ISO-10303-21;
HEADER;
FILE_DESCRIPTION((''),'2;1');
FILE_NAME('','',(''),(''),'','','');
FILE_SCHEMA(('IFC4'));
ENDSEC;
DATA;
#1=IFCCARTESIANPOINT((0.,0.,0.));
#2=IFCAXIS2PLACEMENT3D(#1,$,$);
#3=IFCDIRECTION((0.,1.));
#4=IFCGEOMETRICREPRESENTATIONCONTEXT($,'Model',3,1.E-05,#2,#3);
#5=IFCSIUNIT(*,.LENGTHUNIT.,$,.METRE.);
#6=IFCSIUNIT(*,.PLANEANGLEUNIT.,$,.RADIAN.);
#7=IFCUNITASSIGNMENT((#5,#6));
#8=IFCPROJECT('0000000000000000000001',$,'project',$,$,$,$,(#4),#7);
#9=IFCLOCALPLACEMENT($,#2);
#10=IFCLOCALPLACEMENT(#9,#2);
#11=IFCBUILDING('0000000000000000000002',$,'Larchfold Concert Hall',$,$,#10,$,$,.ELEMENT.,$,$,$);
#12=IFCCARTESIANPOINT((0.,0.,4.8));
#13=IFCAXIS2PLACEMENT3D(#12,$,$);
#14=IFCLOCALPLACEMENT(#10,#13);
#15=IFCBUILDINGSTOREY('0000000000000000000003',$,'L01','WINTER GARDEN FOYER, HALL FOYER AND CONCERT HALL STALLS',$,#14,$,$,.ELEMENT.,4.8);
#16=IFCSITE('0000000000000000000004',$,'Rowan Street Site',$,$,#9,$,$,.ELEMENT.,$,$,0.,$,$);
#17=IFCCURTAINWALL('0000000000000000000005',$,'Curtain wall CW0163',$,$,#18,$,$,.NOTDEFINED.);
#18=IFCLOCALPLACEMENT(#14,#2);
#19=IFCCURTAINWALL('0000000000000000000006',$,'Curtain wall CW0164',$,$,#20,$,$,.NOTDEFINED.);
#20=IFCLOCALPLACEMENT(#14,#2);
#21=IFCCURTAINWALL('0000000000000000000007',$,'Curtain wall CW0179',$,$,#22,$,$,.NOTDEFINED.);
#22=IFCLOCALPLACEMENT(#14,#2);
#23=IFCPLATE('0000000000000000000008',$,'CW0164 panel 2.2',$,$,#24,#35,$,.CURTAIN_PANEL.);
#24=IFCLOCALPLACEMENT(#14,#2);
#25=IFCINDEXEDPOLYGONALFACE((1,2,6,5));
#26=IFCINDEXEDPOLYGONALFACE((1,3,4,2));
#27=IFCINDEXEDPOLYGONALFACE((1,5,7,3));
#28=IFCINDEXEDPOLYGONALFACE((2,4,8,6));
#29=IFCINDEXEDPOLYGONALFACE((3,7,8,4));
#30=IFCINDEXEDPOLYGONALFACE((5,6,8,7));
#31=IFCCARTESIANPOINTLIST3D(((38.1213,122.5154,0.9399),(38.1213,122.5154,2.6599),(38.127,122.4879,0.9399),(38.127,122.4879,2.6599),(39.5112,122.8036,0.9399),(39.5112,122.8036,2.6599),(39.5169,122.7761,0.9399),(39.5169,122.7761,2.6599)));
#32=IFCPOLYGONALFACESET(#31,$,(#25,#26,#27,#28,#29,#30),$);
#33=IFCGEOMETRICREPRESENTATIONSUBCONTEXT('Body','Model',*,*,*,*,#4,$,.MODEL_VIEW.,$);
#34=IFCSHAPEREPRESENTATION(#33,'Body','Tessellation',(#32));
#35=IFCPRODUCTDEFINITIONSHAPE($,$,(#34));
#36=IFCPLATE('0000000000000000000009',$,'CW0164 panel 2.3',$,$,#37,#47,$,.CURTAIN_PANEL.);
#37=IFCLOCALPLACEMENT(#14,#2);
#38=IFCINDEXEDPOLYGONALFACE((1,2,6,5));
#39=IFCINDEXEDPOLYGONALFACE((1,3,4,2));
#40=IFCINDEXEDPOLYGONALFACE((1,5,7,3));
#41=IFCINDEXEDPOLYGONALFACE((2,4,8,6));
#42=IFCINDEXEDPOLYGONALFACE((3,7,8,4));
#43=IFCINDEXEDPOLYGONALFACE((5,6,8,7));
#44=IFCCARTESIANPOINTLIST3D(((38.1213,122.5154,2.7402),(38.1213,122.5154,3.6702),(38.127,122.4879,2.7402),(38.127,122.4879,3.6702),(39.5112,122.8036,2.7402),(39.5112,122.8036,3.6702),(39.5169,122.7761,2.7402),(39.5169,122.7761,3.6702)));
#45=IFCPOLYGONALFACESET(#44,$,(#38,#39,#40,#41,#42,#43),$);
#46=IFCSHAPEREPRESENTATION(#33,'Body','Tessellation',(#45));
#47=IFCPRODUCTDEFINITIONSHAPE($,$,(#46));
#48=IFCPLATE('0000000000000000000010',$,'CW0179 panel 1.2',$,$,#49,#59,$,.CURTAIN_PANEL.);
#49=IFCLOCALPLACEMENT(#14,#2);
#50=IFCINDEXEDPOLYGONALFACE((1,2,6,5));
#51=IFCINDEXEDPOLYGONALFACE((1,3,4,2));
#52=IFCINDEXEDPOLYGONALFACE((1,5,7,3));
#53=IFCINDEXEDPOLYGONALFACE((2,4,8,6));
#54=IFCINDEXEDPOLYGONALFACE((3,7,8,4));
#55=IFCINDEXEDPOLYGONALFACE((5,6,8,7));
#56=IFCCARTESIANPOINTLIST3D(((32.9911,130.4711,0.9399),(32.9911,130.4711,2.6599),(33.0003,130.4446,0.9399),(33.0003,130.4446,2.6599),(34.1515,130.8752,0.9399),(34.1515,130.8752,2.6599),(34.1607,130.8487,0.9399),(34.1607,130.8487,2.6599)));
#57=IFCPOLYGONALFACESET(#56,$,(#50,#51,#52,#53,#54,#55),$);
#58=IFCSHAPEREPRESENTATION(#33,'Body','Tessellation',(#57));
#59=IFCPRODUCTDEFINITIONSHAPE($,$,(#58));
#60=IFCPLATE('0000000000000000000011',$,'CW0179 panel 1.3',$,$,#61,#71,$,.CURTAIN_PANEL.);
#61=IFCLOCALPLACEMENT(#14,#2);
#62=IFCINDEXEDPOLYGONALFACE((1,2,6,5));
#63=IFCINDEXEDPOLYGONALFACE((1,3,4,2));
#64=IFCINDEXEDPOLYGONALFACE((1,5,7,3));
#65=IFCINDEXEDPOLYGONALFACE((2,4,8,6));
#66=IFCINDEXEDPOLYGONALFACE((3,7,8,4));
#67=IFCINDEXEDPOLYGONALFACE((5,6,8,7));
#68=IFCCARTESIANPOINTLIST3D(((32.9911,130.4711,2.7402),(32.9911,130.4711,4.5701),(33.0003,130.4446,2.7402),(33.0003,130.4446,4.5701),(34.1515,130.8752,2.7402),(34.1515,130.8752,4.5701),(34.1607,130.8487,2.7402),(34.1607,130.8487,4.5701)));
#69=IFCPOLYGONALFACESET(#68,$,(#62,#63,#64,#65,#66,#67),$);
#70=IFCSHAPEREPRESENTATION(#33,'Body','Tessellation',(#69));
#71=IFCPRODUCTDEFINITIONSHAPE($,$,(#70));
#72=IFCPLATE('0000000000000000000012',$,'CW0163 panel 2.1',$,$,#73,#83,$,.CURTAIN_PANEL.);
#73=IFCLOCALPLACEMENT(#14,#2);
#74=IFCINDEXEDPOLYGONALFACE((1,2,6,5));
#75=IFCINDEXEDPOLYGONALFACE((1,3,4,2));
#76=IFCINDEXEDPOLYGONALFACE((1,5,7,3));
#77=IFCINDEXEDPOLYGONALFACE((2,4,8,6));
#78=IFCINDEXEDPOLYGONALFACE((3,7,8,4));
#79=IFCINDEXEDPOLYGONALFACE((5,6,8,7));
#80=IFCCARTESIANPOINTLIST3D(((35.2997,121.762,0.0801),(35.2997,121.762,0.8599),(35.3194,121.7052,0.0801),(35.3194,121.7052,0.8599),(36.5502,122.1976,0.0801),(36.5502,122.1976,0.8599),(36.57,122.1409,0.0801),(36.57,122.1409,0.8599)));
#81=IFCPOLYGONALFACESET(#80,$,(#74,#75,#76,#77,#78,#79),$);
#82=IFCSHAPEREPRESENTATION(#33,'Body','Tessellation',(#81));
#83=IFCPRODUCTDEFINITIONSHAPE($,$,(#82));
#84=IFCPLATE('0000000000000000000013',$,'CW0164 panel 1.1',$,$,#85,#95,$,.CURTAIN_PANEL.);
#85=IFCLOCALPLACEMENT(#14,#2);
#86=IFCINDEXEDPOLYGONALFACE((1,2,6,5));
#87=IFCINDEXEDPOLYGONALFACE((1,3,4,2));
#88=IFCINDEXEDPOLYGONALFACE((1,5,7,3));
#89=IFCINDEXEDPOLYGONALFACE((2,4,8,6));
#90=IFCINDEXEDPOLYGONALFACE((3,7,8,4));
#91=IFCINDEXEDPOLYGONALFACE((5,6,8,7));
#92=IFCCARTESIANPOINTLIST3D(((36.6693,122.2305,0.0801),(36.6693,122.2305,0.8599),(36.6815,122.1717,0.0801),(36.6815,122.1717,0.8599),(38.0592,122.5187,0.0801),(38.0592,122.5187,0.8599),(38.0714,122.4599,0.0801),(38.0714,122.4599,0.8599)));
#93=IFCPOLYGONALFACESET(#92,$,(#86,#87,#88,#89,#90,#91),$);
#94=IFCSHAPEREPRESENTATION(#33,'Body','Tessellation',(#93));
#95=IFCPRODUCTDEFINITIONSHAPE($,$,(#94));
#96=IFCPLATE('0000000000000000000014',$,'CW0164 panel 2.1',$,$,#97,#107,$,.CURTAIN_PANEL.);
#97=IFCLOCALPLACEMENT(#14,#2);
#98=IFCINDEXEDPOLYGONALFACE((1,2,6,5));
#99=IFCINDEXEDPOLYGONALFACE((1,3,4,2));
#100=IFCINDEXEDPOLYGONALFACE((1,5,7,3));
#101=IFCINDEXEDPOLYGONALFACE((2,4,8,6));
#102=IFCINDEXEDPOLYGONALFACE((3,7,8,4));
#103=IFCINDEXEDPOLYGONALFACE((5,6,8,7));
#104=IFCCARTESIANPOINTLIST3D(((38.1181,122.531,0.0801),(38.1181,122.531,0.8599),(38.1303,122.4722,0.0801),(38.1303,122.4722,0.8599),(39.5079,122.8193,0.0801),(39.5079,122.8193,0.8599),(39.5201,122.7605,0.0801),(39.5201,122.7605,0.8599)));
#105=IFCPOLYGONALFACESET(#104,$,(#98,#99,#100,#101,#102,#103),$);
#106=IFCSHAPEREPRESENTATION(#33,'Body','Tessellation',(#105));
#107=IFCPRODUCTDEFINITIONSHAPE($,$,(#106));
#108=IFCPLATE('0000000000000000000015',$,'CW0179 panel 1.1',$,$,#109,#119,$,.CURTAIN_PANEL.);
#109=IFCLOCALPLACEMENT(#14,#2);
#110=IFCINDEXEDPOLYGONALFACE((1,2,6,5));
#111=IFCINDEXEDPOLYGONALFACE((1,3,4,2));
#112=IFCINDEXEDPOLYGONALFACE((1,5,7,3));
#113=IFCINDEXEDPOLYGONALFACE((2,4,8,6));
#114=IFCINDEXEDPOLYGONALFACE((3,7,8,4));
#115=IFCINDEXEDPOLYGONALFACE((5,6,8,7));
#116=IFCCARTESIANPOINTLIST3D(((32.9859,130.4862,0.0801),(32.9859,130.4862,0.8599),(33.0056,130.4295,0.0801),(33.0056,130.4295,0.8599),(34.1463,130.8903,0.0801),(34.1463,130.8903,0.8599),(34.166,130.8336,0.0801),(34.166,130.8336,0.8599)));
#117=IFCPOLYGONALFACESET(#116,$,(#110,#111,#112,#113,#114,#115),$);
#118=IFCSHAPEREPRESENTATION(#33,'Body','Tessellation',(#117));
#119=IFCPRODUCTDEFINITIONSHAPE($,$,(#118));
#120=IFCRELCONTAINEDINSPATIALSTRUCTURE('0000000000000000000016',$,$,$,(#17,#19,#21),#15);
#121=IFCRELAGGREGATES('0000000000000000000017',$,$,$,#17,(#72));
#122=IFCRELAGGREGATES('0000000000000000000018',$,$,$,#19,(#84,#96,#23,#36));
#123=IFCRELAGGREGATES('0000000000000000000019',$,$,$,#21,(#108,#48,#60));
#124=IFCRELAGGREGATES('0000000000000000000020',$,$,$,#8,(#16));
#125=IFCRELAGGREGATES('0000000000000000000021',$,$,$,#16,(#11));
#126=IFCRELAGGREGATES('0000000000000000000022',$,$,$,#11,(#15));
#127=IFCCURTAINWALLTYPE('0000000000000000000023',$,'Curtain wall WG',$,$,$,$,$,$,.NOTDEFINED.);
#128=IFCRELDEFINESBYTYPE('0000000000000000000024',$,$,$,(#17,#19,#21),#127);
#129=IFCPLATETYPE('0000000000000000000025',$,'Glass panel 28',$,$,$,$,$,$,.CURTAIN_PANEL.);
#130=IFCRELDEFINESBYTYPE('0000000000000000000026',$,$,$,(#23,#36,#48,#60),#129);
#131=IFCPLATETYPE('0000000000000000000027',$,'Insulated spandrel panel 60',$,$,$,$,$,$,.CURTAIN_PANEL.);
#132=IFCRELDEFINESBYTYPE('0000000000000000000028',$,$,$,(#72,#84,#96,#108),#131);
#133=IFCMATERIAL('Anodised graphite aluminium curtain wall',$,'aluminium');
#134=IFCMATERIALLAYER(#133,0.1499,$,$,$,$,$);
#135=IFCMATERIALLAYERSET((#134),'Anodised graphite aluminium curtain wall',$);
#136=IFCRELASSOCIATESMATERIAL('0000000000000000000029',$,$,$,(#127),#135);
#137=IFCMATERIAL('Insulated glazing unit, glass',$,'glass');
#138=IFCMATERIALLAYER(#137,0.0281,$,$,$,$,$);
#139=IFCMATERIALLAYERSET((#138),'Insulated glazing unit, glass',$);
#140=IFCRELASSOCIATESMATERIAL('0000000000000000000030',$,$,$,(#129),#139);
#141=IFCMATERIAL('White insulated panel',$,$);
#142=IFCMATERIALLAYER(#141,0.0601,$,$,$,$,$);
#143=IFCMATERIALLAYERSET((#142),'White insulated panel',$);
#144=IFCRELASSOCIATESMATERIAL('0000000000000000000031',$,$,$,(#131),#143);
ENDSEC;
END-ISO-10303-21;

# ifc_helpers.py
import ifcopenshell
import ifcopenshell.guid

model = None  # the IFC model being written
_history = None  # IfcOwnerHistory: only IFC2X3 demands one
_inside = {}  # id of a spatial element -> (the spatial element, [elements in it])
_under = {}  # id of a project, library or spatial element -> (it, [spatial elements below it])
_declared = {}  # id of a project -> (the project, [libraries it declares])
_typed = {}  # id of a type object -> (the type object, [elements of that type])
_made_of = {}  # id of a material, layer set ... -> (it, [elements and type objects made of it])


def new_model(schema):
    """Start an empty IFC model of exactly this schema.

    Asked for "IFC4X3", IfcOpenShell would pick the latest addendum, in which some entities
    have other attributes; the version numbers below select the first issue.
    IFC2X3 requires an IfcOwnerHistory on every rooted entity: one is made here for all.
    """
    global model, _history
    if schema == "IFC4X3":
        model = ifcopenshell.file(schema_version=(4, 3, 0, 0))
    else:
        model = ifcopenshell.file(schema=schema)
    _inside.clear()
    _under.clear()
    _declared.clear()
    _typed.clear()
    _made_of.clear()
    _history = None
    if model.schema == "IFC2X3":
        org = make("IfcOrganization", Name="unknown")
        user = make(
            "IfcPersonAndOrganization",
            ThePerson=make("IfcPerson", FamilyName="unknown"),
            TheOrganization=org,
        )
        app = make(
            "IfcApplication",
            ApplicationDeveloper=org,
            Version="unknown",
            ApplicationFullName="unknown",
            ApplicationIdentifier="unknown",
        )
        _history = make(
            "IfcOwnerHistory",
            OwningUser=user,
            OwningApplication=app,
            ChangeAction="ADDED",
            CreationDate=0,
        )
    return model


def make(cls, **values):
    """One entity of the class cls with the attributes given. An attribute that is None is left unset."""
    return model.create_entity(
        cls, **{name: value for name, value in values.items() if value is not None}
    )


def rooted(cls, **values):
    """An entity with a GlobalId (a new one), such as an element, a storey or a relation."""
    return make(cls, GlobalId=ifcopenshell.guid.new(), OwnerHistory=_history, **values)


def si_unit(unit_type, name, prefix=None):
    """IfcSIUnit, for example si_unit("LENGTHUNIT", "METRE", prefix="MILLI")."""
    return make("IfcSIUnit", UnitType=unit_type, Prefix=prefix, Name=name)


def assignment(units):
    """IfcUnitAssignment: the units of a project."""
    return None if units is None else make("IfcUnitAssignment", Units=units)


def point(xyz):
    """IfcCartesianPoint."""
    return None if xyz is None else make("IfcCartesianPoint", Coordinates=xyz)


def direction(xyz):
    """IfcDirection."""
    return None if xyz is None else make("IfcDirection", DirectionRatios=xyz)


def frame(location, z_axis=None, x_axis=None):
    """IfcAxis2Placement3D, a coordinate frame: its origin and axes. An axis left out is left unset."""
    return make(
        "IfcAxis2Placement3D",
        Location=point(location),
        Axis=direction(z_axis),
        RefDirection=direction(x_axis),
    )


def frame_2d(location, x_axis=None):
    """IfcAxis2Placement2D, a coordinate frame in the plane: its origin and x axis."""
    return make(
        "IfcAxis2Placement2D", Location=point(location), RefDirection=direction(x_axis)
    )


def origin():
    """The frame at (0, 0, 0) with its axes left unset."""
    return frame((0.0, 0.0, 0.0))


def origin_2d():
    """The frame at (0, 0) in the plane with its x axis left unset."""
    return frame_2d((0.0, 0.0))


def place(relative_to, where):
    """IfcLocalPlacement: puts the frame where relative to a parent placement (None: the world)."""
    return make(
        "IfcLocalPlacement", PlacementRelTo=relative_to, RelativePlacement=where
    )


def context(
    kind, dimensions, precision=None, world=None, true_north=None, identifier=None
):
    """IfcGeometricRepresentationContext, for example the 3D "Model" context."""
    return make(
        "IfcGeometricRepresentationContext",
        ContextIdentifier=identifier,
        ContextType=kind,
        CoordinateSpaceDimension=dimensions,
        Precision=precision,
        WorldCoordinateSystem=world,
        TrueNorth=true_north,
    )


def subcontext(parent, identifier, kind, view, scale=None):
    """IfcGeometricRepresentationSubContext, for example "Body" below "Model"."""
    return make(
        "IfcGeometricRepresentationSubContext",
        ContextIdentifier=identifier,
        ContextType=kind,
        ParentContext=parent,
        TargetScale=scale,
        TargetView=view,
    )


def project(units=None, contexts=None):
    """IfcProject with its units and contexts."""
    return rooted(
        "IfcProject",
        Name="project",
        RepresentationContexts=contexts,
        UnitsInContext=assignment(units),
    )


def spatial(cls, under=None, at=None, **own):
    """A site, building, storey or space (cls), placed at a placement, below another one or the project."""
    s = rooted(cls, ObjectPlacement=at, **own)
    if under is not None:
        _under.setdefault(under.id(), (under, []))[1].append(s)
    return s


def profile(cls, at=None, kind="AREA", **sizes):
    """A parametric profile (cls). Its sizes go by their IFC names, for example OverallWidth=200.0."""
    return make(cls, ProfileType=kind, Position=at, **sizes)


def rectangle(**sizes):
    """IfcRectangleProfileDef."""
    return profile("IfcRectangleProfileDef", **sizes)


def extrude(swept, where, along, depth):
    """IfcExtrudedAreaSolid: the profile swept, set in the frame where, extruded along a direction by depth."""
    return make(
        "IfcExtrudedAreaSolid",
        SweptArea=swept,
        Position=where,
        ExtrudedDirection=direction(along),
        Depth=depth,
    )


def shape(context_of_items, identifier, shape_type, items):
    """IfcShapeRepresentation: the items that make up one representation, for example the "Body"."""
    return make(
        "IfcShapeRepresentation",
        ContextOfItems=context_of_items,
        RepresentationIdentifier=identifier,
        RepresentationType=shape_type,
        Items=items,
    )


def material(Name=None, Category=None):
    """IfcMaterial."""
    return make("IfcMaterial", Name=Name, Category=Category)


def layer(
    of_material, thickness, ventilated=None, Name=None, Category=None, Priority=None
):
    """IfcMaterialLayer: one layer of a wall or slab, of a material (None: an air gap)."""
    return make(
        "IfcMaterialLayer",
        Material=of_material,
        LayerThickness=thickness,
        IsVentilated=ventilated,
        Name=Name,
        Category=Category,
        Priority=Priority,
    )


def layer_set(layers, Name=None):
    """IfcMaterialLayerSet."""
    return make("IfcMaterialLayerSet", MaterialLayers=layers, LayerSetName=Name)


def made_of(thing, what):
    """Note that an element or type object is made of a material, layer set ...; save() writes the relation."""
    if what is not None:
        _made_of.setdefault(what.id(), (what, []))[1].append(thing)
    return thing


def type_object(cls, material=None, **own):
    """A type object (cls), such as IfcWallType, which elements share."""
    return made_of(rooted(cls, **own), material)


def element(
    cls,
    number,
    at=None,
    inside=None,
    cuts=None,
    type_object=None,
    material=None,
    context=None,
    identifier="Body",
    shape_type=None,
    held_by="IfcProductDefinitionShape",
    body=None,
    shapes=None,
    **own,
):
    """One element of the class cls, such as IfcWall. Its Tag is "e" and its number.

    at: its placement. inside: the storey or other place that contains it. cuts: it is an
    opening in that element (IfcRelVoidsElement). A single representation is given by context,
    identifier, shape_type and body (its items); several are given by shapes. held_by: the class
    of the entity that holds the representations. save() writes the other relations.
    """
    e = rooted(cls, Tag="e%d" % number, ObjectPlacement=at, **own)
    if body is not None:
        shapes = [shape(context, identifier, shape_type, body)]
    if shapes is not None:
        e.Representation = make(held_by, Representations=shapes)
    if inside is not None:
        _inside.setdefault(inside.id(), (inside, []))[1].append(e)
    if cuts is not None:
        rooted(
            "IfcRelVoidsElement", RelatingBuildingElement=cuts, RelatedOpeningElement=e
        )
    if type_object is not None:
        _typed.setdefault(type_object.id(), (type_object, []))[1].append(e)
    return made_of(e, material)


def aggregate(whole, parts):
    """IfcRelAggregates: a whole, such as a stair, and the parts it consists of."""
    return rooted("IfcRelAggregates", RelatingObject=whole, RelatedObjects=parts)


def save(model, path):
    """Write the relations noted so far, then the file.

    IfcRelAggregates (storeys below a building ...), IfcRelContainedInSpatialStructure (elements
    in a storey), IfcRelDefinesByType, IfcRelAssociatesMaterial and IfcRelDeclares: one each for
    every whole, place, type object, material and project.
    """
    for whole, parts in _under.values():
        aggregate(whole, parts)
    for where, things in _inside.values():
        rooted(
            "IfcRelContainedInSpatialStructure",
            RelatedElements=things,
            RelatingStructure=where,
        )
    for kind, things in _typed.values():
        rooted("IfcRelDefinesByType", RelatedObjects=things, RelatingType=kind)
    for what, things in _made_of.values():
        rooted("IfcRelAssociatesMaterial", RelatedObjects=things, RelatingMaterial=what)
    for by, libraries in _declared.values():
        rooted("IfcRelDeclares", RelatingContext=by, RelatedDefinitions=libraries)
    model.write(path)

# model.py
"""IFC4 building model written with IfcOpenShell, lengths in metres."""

from ifc_helpers import new_model, si_unit, direction, frame, origin, origin_2d, place, context, subcontext, project, spatial, rectangle, extrude, material, layer, layer_set, type_object, element, aggregate, save


model = new_model("IFC4")

# Units and contexts
model_context = context("Model", 3, precision=1e-05, world=origin(), true_north=direction((0.0, 1.0)))
body_context = subcontext(model_context, "Body", "Model", "MODEL_VIEW")
ifc_project = project(units=[si_unit("LENGTHUNIT", "METRE"), si_unit("PLANEANGLEUNIT", "RADIAN")], contexts=[model_context])

# Site, building, storey
site_placement = place(None, origin())
site = spatial("IfcSite", under=ifc_project, at=site_placement, Name="Rowan Street Site", CompositionType="ELEMENT", RefElevation=0.0)
building_placement = place(site_placement, origin())
building = spatial("IfcBuilding", under=site, at=building_placement, Name="Larchfold Concert Hall", CompositionType="ELEMENT")
storey_placement = place(building_placement, frame((0.0, 0.0, 4.8)))
storey = spatial("IfcBuildingStorey", under=building, at=storey_placement, Name="L01", Description="WINTER GARDEN FOYER, HALL FOYER AND CONCERT HALL STALLS", CompositionType="ELEMENT", Elevation=4.8)

# Curtain wall
ifc_material_1 = material(Name="Anodised graphite aluminium curtain wall", Category="aluminium")
ifc_layer_1 = layer(ifc_material_1, 0.1499)
ifc_layer_set_1 = layer_set([ifc_layer_1], Name="Anodised graphite aluminium curtain wall")
curtain_wall_type = type_object("IfcCurtainWallType", Name="Curtain wall WG", PredefinedType="NOTDEFINED", material=ifc_layer_set_1)
curtain_wall_1_placement = place(storey_placement, origin())
curtain_wall_1 = element("IfcCurtainWall", 1, at=curtain_wall_1_placement, inside=storey, type_object=curtain_wall_type, Name="Curtain wall CW0163", PredefinedType="NOTDEFINED")

# Curtain wall
curtain_wall_2_placement = place(storey_placement, origin())
curtain_wall_2 = element("IfcCurtainWall", 2, at=curtain_wall_2_placement, inside=storey, type_object=curtain_wall_type, Name="Curtain wall CW0164", PredefinedType="NOTDEFINED")

# Curtain wall
curtain_wall_3_placement = place(storey_placement, origin())
curtain_wall_3 = element("IfcCurtainWall", 3, at=curtain_wall_3_placement, inside=storey, type_object=curtain_wall_type, Name="Curtain wall CW0179", PredefinedType="NOTDEFINED")

# Plates
ifc_material_2 = material(Name="Insulated glazing unit, glass", Category="glass")
ifc_layer_2 = layer(ifc_material_2, 0.0281)
ifc_layer_set_2 = layer_set([ifc_layer_2], Name="Insulated glazing unit, glass")
plate_type_1 = type_object("IfcPlateType", Name="Glass panel 28", PredefinedType="CURTAIN_PANEL", material=ifc_layer_set_2)
plate_1_placement = place(storey_placement, frame((38.8191, 122.6458, 0.9399), z_axis=(0.0, 0.0, 1.0), x_axis=(0.979166, 0.203063, 0.0)))
plate_1 = element("IfcPlate", 4, at=plate_1_placement, type_object=plate_type_1, Name="CW0164 panel 2.2", PredefinedType="CURTAIN_PANEL", context=body_context, shape_type="SweptSolid", body=[
    extrude(rectangle(XDim=1.4194, YDim=0.0281, at=origin_2d()), origin(), (0.0, 0.0, 1.0), 1.72),
])
plate_2_placement = place(storey_placement, frame((38.8191, 122.6458, 2.7402), z_axis=(0.0, 0.0, 1.0), x_axis=(0.979166, 0.203063, 0.0)))
plate_2 = element("IfcPlate", 5, at=plate_2_placement, type_object=plate_type_1, Name="CW0164 panel 2.3", PredefinedType="CURTAIN_PANEL", context=body_context, shape_type="SweptSolid", body=[
    extrude(rectangle(XDim=1.4194, YDim=0.0281, at=origin_2d()), origin(), (0.0, 0.0, 1.0), 0.9299),
])
plate_3_placement = place(storey_placement, frame((33.5759, 130.6599, 0.9399), z_axis=(0.0, 0.0, 1.0), x_axis=(-0.944365, -0.328899, 0.0)))
plate_3 = element("IfcPlate", 6, at=plate_3_placement, type_object=plate_type_1, Name="CW0179 panel 1.2", PredefinedType="CURTAIN_PANEL", context=body_context, shape_type="SweptSolid", body=[
    extrude(rectangle(XDim=1.2288, YDim=0.0281, at=origin_2d()), origin(), (0.0, 0.0, 1.0), 1.72),
])
plate_4_placement = place(storey_placement, frame((33.5759, 130.6599, 2.7402), z_axis=(0.0, 0.0, 1.0), x_axis=(-0.944365, -0.328899, 0.0)))
plate_4 = element("IfcPlate", 7, at=plate_4_placement, type_object=plate_type_1, Name="CW0179 panel 1.3", PredefinedType="CURTAIN_PANEL", context=body_context, shape_type="SweptSolid", body=[
    extrude(rectangle(XDim=1.2288, YDim=0.0281, at=origin_2d()), origin(), (0.0, 0.0, 1.0), 1.8298),
])
ifc_material_3 = material(Name="White insulated panel")
ifc_layer_3 = layer(ifc_material_3, 0.0601)
ifc_layer_set_3 = layer_set([ifc_layer_3], Name="White insulated panel")
plate_type_2 = type_object("IfcPlateType", Name="Insulated spandrel panel 60", PredefinedType="CURTAIN_PANEL", material=ifc_layer_set_3)
plate_5_placement = place(storey_placement, frame((35.9348, 121.9514, 0.0801), z_axis=(0.0, 0.0, 1.0), x_axis=(0.944342, 0.328966, 0.0)))
plate_5 = element("IfcPlate", 8, at=plate_5_placement, type_object=plate_type_2, Name="CW0163 panel 2.1", PredefinedType="CURTAIN_PANEL", context=body_context, shape_type="SweptSolid", body=[
    extrude(rectangle(XDim=1.3242, YDim=0.0601, at=origin_2d()), origin(), (0.0, 0.0, 1.0), 0.7798),
])
aggregate(curtain_wall_1, [plate_5])
plate_6_placement = place(storey_placement, frame((37.3704, 122.3452, 0.0801), z_axis=(0.0, 0.0, 1.0), x_axis=(0.979166, 0.203063, 0.0)))
plate_6 = element("IfcPlate", 9, at=plate_6_placement, type_object=plate_type_2, Name="CW0164 panel 1.1", PredefinedType="CURTAIN_PANEL", context=body_context, shape_type="SweptSolid", body=[
    extrude(rectangle(XDim=1.4194, YDim=0.0601, at=origin_2d()), origin(), (0.0, 0.0, 1.0), 0.7798),
])
plate_7_placement = place(storey_placement, frame((38.8191, 122.6458, 0.0801), z_axis=(0.0, 0.0, 1.0), x_axis=(0.979166, 0.203063, 0.0)))
plate_7 = element("IfcPlate", 10, at=plate_7_placement, type_object=plate_type_2, Name="CW0164 panel 2.1", PredefinedType="CURTAIN_PANEL", context=body_context, shape_type="SweptSolid", body=[
    extrude(rectangle(XDim=1.4194, YDim=0.0601, at=origin_2d()), origin(), (0.0, 0.0, 1.0), 0.7798),
])
aggregate(curtain_wall_2, [plate_6, plate_7, plate_1, plate_2])
plate_8_placement = place(storey_placement, frame((33.5759, 130.6599, 0.0801), z_axis=(0.0, 0.0, 1.0), x_axis=(-0.944365, -0.328899, 0.0)))
plate_8 = element("IfcPlate", 11, at=plate_8_placement, type_object=plate_type_2, Name="CW0179 panel 1.1", PredefinedType="CURTAIN_PANEL", context=body_context, shape_type="SweptSolid", body=[
    extrude(rectangle(XDim=1.2288, YDim=0.0601, at=origin_2d()), origin(), (0.0, 0.0, 1.0), 0.7798),
])
aggregate(curtain_wall_3, [plate_8, plate_3, plate_4])

save(model, "model.ifc")
